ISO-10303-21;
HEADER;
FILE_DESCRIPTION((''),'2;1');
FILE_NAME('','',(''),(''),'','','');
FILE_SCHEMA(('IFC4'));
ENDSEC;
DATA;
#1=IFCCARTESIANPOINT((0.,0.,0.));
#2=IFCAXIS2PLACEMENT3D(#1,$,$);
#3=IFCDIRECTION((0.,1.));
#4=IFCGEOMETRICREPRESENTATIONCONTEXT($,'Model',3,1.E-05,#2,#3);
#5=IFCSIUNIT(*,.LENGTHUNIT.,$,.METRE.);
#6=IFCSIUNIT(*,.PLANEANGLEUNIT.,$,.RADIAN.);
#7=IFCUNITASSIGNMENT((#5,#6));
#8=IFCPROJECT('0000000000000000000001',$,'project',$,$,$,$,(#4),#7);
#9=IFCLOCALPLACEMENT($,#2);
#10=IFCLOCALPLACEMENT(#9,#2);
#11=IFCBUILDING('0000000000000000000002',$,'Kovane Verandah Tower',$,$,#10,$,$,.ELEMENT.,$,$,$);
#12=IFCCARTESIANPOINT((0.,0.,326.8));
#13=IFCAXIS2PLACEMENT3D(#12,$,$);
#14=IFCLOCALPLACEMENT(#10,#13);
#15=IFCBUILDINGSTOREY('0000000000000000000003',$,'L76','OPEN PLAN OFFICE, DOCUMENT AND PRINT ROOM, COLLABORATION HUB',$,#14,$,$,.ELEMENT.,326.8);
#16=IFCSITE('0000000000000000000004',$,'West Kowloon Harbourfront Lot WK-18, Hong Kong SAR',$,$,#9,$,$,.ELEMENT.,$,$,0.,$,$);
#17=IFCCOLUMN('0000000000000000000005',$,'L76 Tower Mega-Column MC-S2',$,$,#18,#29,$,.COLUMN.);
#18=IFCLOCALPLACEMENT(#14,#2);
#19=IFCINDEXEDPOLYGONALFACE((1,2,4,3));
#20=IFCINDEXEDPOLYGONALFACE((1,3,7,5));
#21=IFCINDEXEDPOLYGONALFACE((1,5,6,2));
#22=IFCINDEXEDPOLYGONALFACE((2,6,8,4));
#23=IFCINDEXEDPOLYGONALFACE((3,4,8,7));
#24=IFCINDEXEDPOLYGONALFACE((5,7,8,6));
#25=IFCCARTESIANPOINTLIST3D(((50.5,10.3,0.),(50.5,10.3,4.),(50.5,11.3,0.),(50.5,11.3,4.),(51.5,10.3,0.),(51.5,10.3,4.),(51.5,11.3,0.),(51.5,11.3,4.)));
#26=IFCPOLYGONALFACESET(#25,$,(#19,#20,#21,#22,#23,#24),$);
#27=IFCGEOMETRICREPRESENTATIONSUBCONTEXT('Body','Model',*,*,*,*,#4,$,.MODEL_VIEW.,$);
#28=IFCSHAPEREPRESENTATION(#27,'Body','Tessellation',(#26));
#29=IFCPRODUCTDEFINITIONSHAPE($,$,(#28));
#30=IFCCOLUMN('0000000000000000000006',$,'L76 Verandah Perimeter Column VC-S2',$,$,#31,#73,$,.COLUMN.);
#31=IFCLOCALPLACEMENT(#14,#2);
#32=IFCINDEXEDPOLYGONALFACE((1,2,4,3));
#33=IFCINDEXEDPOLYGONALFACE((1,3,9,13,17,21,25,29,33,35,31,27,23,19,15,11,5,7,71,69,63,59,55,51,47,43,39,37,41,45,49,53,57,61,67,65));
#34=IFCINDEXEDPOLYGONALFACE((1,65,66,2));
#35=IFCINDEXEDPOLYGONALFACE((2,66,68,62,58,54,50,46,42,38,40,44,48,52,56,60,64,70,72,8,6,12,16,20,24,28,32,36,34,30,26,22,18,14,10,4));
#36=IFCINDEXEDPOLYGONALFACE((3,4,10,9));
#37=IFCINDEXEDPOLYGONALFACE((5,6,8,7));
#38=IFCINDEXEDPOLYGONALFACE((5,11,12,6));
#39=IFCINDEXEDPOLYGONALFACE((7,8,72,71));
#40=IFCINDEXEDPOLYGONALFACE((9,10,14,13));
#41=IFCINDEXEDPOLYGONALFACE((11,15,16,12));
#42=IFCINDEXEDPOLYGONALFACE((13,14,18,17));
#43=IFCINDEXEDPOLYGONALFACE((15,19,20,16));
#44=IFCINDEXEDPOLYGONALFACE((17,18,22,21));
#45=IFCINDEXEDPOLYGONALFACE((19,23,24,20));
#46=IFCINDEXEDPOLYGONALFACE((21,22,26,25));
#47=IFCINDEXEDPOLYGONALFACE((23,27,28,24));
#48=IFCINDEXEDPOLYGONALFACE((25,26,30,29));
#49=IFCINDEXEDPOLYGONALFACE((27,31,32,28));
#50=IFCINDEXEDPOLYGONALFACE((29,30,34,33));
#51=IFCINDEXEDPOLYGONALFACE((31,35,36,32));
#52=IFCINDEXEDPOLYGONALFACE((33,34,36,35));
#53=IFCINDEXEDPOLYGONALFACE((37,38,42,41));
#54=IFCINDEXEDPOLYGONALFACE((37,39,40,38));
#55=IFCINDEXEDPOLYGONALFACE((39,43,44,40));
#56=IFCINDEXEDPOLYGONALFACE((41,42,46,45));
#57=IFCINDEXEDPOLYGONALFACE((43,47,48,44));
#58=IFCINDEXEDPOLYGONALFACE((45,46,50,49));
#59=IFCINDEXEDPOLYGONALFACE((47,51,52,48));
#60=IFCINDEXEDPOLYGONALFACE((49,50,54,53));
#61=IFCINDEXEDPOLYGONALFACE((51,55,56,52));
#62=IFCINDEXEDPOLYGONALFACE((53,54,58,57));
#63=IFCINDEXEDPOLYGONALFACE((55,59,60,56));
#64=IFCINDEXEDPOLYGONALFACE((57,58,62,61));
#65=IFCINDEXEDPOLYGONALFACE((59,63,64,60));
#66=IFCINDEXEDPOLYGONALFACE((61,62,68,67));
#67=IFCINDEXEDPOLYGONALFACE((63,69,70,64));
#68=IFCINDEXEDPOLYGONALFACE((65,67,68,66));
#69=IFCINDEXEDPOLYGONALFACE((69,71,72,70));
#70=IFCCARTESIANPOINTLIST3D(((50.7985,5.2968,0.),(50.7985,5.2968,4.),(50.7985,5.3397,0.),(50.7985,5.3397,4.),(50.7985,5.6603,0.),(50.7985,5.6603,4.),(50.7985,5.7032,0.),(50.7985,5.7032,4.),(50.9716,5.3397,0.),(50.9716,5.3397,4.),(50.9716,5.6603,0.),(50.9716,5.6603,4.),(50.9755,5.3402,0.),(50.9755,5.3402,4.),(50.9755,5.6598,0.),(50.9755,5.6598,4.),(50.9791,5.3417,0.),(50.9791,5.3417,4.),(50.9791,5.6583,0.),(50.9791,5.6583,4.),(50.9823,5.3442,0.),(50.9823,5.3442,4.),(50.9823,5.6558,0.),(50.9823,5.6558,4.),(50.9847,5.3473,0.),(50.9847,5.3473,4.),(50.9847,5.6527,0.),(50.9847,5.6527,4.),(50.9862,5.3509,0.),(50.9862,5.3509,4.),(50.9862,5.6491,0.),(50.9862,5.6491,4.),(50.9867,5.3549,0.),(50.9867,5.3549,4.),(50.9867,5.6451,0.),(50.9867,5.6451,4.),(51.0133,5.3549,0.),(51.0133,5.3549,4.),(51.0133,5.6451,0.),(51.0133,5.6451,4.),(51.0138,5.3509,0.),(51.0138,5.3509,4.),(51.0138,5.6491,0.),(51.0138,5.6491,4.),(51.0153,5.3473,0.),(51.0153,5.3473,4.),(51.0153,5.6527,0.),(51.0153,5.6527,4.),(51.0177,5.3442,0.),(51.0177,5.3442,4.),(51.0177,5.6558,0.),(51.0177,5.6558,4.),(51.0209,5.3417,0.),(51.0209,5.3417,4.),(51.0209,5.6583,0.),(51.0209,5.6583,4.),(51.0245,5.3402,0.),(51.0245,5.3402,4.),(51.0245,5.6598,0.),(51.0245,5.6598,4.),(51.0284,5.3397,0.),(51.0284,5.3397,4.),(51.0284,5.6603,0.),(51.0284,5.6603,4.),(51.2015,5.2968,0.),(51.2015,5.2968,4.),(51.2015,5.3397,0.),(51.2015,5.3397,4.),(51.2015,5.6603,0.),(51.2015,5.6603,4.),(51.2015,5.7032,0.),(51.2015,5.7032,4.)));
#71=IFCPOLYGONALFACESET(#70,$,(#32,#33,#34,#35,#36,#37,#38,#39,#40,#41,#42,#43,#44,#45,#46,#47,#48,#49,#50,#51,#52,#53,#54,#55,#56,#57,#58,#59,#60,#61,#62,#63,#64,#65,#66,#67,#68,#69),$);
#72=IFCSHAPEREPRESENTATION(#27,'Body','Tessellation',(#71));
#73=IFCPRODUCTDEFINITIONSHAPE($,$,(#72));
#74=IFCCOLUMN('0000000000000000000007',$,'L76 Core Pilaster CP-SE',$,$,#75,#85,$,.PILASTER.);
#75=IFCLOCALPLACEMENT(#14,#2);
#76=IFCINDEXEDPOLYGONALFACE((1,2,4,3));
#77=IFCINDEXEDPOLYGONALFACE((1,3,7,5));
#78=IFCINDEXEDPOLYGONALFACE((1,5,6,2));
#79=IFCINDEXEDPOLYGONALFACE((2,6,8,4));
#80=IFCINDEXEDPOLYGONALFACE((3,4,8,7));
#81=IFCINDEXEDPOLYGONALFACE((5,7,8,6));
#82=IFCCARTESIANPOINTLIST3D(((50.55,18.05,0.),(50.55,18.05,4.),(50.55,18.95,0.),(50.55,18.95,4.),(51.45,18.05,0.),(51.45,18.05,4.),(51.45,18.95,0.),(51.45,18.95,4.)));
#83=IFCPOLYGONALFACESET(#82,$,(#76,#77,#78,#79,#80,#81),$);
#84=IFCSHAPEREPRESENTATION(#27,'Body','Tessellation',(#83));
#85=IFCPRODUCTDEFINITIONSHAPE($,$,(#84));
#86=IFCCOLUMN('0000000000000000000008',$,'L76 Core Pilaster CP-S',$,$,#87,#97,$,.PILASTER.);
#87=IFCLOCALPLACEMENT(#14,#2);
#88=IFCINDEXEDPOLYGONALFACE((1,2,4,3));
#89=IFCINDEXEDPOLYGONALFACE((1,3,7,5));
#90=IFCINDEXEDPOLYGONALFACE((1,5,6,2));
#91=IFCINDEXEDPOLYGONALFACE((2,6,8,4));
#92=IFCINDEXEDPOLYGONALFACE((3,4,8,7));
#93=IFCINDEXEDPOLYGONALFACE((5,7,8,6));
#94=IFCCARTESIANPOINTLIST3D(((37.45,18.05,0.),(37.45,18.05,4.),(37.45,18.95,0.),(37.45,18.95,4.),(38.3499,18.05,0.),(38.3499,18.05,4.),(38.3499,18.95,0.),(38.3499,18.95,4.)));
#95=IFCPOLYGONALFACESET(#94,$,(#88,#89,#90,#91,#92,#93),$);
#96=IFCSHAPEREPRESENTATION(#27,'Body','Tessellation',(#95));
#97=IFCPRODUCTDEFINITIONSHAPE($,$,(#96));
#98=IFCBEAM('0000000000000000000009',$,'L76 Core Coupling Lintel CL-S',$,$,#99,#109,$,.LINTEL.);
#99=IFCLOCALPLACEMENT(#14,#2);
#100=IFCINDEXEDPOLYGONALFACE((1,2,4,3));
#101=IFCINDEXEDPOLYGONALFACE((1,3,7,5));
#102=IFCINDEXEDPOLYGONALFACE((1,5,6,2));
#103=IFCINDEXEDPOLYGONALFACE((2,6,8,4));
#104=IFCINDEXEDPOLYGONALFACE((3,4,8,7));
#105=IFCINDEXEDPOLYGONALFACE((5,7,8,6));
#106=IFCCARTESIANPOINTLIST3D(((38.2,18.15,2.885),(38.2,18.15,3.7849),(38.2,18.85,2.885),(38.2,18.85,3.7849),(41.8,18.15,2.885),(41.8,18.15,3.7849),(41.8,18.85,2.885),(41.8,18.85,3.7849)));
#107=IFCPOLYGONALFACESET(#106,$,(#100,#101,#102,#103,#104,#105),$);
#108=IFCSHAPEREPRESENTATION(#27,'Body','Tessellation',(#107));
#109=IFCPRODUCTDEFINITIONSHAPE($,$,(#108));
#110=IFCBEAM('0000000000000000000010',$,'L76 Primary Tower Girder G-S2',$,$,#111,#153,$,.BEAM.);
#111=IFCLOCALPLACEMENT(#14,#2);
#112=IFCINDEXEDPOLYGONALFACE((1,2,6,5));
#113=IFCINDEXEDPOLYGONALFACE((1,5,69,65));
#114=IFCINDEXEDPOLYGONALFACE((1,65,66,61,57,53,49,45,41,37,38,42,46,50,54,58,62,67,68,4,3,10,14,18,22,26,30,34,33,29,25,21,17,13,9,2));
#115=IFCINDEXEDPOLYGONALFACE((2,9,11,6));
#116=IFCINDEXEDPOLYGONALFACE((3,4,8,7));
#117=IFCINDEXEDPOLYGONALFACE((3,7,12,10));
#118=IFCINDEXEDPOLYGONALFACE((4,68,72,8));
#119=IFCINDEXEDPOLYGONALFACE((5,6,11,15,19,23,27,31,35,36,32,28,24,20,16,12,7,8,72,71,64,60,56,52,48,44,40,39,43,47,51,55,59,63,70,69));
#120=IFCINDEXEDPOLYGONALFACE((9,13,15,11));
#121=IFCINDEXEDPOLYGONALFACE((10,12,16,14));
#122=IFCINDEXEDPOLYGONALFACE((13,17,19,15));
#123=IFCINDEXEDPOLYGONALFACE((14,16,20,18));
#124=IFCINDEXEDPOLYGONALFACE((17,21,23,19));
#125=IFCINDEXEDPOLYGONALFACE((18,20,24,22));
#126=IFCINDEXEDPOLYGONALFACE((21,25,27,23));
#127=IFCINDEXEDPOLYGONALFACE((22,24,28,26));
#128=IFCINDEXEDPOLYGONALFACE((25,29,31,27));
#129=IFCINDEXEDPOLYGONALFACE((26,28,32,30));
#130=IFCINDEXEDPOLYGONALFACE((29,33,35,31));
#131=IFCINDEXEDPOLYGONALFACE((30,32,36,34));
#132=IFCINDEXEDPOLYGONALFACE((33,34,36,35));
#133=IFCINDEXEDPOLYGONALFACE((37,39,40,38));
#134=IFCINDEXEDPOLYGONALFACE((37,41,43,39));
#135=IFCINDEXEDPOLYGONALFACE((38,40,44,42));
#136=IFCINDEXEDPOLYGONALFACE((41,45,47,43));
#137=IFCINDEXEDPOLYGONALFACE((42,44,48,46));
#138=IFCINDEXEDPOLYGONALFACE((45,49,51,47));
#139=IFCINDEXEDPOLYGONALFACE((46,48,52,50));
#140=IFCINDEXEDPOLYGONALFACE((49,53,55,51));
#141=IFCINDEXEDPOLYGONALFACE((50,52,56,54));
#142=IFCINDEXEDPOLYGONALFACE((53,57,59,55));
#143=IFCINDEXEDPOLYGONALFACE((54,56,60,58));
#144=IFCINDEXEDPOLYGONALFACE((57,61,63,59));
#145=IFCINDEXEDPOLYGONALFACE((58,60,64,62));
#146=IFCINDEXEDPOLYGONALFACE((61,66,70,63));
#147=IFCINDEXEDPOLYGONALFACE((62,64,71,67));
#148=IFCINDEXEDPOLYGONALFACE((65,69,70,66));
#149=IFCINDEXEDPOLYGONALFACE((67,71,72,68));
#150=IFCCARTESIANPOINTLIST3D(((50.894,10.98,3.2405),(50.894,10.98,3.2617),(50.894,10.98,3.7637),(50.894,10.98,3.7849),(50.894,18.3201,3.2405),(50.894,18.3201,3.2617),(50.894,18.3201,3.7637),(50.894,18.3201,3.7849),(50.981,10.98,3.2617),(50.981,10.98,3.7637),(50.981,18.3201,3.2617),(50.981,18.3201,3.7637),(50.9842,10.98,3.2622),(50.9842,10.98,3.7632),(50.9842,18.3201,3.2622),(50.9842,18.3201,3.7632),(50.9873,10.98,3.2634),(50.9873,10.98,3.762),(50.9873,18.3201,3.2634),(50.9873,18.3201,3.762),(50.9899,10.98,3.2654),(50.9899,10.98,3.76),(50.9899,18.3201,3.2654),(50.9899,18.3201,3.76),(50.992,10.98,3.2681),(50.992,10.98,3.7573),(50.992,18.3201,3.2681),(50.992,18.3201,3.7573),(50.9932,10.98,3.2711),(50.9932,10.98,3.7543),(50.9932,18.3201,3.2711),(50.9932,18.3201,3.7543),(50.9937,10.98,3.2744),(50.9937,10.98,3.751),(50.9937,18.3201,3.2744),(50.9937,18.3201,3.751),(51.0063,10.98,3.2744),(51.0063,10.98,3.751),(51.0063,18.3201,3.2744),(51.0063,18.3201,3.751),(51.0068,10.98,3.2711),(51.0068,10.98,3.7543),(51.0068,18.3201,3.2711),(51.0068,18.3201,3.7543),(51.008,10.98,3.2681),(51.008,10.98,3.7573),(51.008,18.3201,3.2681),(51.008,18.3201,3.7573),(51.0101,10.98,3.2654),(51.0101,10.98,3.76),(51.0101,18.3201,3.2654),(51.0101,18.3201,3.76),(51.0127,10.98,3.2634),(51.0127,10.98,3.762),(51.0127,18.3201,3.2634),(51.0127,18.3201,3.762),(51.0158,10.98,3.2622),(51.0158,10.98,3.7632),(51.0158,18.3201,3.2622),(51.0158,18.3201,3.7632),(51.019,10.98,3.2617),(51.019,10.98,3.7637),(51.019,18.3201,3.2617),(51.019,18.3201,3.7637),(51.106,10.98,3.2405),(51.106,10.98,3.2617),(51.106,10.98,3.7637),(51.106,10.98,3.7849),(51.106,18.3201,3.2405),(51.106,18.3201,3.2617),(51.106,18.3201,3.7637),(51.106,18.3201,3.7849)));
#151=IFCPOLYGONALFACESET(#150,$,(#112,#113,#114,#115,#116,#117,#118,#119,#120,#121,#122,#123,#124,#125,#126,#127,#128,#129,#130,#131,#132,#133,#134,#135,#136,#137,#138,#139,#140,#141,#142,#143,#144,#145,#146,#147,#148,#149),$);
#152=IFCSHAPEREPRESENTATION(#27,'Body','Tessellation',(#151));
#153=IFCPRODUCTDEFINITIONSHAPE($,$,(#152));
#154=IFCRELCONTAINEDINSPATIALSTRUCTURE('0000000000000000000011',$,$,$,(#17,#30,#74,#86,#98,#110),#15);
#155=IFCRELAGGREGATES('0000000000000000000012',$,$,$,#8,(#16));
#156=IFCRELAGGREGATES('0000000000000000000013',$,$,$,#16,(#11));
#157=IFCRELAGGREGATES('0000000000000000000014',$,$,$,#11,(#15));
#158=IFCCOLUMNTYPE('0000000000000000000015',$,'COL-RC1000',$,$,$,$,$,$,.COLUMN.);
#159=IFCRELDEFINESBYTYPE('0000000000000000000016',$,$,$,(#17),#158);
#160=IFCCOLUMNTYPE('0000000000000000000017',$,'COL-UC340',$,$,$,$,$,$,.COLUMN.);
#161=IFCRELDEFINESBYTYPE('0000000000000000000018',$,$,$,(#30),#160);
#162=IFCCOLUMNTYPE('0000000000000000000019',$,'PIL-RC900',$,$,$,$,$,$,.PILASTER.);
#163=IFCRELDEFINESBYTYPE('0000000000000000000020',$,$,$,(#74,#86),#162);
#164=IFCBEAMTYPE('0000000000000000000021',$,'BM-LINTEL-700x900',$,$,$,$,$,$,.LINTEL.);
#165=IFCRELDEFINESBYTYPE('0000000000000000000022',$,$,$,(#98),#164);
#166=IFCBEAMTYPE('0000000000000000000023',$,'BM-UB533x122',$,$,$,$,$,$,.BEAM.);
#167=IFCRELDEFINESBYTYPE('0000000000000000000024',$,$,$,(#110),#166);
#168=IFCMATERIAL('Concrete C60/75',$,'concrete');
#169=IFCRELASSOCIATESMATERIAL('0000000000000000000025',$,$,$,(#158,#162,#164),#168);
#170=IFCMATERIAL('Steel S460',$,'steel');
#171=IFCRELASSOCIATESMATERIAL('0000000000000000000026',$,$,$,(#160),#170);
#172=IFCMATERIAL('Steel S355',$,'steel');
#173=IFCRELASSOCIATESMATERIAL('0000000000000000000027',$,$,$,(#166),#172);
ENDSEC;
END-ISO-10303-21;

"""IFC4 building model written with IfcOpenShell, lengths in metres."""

from ifc_helpers import new_model, si_unit, direction, frame, origin, origin_2d, place, context, subcontext, project, spatial, rectangle, i_section, extrude, material, material_profile, profile_set, type_object, element, save


model = new_model("IFC4")

# Units and contexts
model_context = context("Model", 3, precision=1e-05, world=origin(), true_north=direction((0.0, 1.0)))
body_context = subcontext(model_context, "Body", "Model", "MODEL_VIEW")
ifc_project = project(units=[si_unit("LENGTHUNIT", "METRE"), si_unit("PLANEANGLEUNIT", "RADIAN")], contexts=[model_context])

# Site, building, storey
site_placement = place(None, origin())
site = spatial("IfcSite", under=ifc_project, at=site_placement, Name="West Kowloon Harbourfront Lot WK-18, Hong Kong SAR", CompositionType="ELEMENT", RefElevation=0.0)
building_placement = place(site_placement, origin())
building = spatial("IfcBuilding", under=site, at=building_placement, Name="Kovane Verandah Tower", CompositionType="ELEMENT")
storey_placement = place(building_placement, frame((0.0, 0.0, 326.8)))
storey = spatial("IfcBuildingStorey", under=building, at=storey_placement, Name="L76", Description="OPEN PLAN OFFICE, DOCUMENT AND PRINT ROOM, COLLABORATION HUB", CompositionType="ELEMENT", Elevation=326.8)

# Columns
ifc_material_1 = material(Name="Concrete C60/75", Category="concrete")
ifc_material_profile_1 = material_profile(ifc_material_1, rectangle(XDim=1.0, YDim=1.0, at=origin_2d()), Name="RC1000x1000")
ifc_profile_set_1 = profile_set([ifc_material_profile_1], Name="Concrete C60/75")
column_type_1 = type_object("IfcColumnType", Name="COL-RC1000", PredefinedType="COLUMN", material=ifc_profile_set_1)
column_1_placement = place(storey_placement, frame((51.0, 10.8, 0.0), z_axis=(0.0, 0.0, 1.0), x_axis=(1.0, 0.0, 0.0)))
element("IfcColumn", 1, at=column_1_placement, inside=storey, type_object=column_type_1, Name="L76 Tower Mega-Column MC-S2", PredefinedType="COLUMN", context=body_context, shape_type="SweptSolid", body=[
    extrude(rectangle(XDim=1.0, YDim=1.0, at=origin_2d()), origin(), (0.0, 0.0, 1.0), 4.0),
])
ifc_material_2 = material(Name="Steel S460", Category="steel")
ifc_material_profile_2 = material_profile(ifc_material_2, i_section(OverallWidth=0.4031, OverallDepth=0.4065, WebThickness=0.0266, FlangeThickness=0.043, FilletRadius=0.0151, at=origin_2d()), Name="UC356x406x340")
ifc_profile_set_2 = profile_set([ifc_material_profile_2], Name="Steel S460")
column_type_2 = type_object("IfcColumnType", Name="COL-UC340", PredefinedType="COLUMN", material=ifc_profile_set_2)
column_2_placement = place(storey_placement, frame((51.0, 5.5, 0.0), z_axis=(0.0, 0.0, 1.0), x_axis=(1.0, 0.0, 0.0)))
element("IfcColumn", 2, at=column_2_placement, inside=storey, type_object=column_type_2, Name="L76 Verandah Perimeter Column VC-S2", PredefinedType="COLUMN", context=body_context, shape_type="SweptSolid", body=[
    extrude(i_section(OverallWidth=0.4031, OverallDepth=0.4065, WebThickness=0.0266, FlangeThickness=0.043, FilletRadius=0.0151, at=origin_2d()), origin(), (0.0, 0.0, 1.0), 4.0),
])
ifc_material_profile_3 = material_profile(ifc_material_1, rectangle(XDim=0.8999, YDim=0.8999, at=origin_2d()), Name="RC900x900")
ifc_profile_set_3 = profile_set([ifc_material_profile_3], Name="Concrete C60/75")
column_type_3 = type_object("IfcColumnType", Name="PIL-RC900", PredefinedType="PILASTER", material=ifc_profile_set_3)
for number, where, z_axis, x_axis, name in (
    (3, (51.0, 18.5, 0.0), (0.0, 0.0, 1.0), (1.0, 0.0, 0.0), "L76 Core Pilaster CP-SE"),
    (4, (37.8999, 18.5, 0.0), (0.0, 0.0, 1.0), (1.0, 0.0, 0.0), "L76 Core Pilaster CP-S"),
):
    element("IfcColumn", number, at=place(storey_placement, frame(where, z_axis=z_axis, x_axis=x_axis)), inside=storey, type_object=column_type_3, Name=name, PredefinedType="PILASTER", context=body_context, shape_type="SweptSolid", body=[
        extrude(rectangle(XDim=0.8999, YDim=0.8999, at=origin_2d()), origin(), (0.0, 0.0, 1.0), 4.0),
    ])

# Beams
ifc_material_profile_4 = material_profile(ifc_material_1, rectangle(XDim=0.7, YDim=0.8999, at=origin_2d()), Name="RCB700x900")
ifc_profile_set_4 = profile_set([ifc_material_profile_4], Name="Concrete C60/75")
beam_type_1 = type_object("IfcBeamType", Name="BM-LINTEL-700x900", PredefinedType="LINTEL", material=ifc_profile_set_4)
beam_1_placement = place(storey_placement, frame((38.2, 18.5, 3.335), z_axis=(1.0, 0.0, 0.0), x_axis=(0.0, 1.0, 0.0)))
element("IfcBeam", 5, at=beam_1_placement, inside=storey, type_object=beam_type_1, Name="L76 Core Coupling Lintel CL-S", PredefinedType="LINTEL", context=body_context, shape_type="SweptSolid", body=[
    extrude(rectangle(XDim=0.7, YDim=0.8999, at=origin_2d()), origin(), (0.0, 0.0, 1.0), 3.6001),
])
ifc_material_3 = material(Name="Steel S355", Category="steel")
ifc_material_profile_5 = material_profile(ifc_material_3, i_section(OverallWidth=0.2119, OverallDepth=0.5444, WebThickness=0.0127, FlangeThickness=0.0212, FilletRadius=0.0127, at=origin_2d()), Name="UB533x210x122")
ifc_profile_set_5 = profile_set([ifc_material_profile_5], Name="Steel S355")
beam_type_2 = type_object("IfcBeamType", Name="BM-UB533x122", PredefinedType="BEAM", material=ifc_profile_set_5)
beam_2_placement = place(storey_placement, frame((51.0, 18.3201, 3.5127), z_axis=(0.0, -1.0, 0.0), x_axis=(1.0, 0.0, 0.0)))
element("IfcBeam", 6, at=beam_2_placement, inside=storey, type_object=beam_type_2, Name="L76 Primary Tower Girder G-S2", PredefinedType="BEAM", context=body_context, shape_type="SweptSolid", body=[
    extrude(i_section(OverallWidth=0.2119, OverallDepth=0.5444, WebThickness=0.0127, FlangeThickness=0.0212, FilletRadius=0.0127, at=origin_2d()), origin(), (0.0, 0.0, 1.0), 7.3401),
])

save(model, "model.ifc")
